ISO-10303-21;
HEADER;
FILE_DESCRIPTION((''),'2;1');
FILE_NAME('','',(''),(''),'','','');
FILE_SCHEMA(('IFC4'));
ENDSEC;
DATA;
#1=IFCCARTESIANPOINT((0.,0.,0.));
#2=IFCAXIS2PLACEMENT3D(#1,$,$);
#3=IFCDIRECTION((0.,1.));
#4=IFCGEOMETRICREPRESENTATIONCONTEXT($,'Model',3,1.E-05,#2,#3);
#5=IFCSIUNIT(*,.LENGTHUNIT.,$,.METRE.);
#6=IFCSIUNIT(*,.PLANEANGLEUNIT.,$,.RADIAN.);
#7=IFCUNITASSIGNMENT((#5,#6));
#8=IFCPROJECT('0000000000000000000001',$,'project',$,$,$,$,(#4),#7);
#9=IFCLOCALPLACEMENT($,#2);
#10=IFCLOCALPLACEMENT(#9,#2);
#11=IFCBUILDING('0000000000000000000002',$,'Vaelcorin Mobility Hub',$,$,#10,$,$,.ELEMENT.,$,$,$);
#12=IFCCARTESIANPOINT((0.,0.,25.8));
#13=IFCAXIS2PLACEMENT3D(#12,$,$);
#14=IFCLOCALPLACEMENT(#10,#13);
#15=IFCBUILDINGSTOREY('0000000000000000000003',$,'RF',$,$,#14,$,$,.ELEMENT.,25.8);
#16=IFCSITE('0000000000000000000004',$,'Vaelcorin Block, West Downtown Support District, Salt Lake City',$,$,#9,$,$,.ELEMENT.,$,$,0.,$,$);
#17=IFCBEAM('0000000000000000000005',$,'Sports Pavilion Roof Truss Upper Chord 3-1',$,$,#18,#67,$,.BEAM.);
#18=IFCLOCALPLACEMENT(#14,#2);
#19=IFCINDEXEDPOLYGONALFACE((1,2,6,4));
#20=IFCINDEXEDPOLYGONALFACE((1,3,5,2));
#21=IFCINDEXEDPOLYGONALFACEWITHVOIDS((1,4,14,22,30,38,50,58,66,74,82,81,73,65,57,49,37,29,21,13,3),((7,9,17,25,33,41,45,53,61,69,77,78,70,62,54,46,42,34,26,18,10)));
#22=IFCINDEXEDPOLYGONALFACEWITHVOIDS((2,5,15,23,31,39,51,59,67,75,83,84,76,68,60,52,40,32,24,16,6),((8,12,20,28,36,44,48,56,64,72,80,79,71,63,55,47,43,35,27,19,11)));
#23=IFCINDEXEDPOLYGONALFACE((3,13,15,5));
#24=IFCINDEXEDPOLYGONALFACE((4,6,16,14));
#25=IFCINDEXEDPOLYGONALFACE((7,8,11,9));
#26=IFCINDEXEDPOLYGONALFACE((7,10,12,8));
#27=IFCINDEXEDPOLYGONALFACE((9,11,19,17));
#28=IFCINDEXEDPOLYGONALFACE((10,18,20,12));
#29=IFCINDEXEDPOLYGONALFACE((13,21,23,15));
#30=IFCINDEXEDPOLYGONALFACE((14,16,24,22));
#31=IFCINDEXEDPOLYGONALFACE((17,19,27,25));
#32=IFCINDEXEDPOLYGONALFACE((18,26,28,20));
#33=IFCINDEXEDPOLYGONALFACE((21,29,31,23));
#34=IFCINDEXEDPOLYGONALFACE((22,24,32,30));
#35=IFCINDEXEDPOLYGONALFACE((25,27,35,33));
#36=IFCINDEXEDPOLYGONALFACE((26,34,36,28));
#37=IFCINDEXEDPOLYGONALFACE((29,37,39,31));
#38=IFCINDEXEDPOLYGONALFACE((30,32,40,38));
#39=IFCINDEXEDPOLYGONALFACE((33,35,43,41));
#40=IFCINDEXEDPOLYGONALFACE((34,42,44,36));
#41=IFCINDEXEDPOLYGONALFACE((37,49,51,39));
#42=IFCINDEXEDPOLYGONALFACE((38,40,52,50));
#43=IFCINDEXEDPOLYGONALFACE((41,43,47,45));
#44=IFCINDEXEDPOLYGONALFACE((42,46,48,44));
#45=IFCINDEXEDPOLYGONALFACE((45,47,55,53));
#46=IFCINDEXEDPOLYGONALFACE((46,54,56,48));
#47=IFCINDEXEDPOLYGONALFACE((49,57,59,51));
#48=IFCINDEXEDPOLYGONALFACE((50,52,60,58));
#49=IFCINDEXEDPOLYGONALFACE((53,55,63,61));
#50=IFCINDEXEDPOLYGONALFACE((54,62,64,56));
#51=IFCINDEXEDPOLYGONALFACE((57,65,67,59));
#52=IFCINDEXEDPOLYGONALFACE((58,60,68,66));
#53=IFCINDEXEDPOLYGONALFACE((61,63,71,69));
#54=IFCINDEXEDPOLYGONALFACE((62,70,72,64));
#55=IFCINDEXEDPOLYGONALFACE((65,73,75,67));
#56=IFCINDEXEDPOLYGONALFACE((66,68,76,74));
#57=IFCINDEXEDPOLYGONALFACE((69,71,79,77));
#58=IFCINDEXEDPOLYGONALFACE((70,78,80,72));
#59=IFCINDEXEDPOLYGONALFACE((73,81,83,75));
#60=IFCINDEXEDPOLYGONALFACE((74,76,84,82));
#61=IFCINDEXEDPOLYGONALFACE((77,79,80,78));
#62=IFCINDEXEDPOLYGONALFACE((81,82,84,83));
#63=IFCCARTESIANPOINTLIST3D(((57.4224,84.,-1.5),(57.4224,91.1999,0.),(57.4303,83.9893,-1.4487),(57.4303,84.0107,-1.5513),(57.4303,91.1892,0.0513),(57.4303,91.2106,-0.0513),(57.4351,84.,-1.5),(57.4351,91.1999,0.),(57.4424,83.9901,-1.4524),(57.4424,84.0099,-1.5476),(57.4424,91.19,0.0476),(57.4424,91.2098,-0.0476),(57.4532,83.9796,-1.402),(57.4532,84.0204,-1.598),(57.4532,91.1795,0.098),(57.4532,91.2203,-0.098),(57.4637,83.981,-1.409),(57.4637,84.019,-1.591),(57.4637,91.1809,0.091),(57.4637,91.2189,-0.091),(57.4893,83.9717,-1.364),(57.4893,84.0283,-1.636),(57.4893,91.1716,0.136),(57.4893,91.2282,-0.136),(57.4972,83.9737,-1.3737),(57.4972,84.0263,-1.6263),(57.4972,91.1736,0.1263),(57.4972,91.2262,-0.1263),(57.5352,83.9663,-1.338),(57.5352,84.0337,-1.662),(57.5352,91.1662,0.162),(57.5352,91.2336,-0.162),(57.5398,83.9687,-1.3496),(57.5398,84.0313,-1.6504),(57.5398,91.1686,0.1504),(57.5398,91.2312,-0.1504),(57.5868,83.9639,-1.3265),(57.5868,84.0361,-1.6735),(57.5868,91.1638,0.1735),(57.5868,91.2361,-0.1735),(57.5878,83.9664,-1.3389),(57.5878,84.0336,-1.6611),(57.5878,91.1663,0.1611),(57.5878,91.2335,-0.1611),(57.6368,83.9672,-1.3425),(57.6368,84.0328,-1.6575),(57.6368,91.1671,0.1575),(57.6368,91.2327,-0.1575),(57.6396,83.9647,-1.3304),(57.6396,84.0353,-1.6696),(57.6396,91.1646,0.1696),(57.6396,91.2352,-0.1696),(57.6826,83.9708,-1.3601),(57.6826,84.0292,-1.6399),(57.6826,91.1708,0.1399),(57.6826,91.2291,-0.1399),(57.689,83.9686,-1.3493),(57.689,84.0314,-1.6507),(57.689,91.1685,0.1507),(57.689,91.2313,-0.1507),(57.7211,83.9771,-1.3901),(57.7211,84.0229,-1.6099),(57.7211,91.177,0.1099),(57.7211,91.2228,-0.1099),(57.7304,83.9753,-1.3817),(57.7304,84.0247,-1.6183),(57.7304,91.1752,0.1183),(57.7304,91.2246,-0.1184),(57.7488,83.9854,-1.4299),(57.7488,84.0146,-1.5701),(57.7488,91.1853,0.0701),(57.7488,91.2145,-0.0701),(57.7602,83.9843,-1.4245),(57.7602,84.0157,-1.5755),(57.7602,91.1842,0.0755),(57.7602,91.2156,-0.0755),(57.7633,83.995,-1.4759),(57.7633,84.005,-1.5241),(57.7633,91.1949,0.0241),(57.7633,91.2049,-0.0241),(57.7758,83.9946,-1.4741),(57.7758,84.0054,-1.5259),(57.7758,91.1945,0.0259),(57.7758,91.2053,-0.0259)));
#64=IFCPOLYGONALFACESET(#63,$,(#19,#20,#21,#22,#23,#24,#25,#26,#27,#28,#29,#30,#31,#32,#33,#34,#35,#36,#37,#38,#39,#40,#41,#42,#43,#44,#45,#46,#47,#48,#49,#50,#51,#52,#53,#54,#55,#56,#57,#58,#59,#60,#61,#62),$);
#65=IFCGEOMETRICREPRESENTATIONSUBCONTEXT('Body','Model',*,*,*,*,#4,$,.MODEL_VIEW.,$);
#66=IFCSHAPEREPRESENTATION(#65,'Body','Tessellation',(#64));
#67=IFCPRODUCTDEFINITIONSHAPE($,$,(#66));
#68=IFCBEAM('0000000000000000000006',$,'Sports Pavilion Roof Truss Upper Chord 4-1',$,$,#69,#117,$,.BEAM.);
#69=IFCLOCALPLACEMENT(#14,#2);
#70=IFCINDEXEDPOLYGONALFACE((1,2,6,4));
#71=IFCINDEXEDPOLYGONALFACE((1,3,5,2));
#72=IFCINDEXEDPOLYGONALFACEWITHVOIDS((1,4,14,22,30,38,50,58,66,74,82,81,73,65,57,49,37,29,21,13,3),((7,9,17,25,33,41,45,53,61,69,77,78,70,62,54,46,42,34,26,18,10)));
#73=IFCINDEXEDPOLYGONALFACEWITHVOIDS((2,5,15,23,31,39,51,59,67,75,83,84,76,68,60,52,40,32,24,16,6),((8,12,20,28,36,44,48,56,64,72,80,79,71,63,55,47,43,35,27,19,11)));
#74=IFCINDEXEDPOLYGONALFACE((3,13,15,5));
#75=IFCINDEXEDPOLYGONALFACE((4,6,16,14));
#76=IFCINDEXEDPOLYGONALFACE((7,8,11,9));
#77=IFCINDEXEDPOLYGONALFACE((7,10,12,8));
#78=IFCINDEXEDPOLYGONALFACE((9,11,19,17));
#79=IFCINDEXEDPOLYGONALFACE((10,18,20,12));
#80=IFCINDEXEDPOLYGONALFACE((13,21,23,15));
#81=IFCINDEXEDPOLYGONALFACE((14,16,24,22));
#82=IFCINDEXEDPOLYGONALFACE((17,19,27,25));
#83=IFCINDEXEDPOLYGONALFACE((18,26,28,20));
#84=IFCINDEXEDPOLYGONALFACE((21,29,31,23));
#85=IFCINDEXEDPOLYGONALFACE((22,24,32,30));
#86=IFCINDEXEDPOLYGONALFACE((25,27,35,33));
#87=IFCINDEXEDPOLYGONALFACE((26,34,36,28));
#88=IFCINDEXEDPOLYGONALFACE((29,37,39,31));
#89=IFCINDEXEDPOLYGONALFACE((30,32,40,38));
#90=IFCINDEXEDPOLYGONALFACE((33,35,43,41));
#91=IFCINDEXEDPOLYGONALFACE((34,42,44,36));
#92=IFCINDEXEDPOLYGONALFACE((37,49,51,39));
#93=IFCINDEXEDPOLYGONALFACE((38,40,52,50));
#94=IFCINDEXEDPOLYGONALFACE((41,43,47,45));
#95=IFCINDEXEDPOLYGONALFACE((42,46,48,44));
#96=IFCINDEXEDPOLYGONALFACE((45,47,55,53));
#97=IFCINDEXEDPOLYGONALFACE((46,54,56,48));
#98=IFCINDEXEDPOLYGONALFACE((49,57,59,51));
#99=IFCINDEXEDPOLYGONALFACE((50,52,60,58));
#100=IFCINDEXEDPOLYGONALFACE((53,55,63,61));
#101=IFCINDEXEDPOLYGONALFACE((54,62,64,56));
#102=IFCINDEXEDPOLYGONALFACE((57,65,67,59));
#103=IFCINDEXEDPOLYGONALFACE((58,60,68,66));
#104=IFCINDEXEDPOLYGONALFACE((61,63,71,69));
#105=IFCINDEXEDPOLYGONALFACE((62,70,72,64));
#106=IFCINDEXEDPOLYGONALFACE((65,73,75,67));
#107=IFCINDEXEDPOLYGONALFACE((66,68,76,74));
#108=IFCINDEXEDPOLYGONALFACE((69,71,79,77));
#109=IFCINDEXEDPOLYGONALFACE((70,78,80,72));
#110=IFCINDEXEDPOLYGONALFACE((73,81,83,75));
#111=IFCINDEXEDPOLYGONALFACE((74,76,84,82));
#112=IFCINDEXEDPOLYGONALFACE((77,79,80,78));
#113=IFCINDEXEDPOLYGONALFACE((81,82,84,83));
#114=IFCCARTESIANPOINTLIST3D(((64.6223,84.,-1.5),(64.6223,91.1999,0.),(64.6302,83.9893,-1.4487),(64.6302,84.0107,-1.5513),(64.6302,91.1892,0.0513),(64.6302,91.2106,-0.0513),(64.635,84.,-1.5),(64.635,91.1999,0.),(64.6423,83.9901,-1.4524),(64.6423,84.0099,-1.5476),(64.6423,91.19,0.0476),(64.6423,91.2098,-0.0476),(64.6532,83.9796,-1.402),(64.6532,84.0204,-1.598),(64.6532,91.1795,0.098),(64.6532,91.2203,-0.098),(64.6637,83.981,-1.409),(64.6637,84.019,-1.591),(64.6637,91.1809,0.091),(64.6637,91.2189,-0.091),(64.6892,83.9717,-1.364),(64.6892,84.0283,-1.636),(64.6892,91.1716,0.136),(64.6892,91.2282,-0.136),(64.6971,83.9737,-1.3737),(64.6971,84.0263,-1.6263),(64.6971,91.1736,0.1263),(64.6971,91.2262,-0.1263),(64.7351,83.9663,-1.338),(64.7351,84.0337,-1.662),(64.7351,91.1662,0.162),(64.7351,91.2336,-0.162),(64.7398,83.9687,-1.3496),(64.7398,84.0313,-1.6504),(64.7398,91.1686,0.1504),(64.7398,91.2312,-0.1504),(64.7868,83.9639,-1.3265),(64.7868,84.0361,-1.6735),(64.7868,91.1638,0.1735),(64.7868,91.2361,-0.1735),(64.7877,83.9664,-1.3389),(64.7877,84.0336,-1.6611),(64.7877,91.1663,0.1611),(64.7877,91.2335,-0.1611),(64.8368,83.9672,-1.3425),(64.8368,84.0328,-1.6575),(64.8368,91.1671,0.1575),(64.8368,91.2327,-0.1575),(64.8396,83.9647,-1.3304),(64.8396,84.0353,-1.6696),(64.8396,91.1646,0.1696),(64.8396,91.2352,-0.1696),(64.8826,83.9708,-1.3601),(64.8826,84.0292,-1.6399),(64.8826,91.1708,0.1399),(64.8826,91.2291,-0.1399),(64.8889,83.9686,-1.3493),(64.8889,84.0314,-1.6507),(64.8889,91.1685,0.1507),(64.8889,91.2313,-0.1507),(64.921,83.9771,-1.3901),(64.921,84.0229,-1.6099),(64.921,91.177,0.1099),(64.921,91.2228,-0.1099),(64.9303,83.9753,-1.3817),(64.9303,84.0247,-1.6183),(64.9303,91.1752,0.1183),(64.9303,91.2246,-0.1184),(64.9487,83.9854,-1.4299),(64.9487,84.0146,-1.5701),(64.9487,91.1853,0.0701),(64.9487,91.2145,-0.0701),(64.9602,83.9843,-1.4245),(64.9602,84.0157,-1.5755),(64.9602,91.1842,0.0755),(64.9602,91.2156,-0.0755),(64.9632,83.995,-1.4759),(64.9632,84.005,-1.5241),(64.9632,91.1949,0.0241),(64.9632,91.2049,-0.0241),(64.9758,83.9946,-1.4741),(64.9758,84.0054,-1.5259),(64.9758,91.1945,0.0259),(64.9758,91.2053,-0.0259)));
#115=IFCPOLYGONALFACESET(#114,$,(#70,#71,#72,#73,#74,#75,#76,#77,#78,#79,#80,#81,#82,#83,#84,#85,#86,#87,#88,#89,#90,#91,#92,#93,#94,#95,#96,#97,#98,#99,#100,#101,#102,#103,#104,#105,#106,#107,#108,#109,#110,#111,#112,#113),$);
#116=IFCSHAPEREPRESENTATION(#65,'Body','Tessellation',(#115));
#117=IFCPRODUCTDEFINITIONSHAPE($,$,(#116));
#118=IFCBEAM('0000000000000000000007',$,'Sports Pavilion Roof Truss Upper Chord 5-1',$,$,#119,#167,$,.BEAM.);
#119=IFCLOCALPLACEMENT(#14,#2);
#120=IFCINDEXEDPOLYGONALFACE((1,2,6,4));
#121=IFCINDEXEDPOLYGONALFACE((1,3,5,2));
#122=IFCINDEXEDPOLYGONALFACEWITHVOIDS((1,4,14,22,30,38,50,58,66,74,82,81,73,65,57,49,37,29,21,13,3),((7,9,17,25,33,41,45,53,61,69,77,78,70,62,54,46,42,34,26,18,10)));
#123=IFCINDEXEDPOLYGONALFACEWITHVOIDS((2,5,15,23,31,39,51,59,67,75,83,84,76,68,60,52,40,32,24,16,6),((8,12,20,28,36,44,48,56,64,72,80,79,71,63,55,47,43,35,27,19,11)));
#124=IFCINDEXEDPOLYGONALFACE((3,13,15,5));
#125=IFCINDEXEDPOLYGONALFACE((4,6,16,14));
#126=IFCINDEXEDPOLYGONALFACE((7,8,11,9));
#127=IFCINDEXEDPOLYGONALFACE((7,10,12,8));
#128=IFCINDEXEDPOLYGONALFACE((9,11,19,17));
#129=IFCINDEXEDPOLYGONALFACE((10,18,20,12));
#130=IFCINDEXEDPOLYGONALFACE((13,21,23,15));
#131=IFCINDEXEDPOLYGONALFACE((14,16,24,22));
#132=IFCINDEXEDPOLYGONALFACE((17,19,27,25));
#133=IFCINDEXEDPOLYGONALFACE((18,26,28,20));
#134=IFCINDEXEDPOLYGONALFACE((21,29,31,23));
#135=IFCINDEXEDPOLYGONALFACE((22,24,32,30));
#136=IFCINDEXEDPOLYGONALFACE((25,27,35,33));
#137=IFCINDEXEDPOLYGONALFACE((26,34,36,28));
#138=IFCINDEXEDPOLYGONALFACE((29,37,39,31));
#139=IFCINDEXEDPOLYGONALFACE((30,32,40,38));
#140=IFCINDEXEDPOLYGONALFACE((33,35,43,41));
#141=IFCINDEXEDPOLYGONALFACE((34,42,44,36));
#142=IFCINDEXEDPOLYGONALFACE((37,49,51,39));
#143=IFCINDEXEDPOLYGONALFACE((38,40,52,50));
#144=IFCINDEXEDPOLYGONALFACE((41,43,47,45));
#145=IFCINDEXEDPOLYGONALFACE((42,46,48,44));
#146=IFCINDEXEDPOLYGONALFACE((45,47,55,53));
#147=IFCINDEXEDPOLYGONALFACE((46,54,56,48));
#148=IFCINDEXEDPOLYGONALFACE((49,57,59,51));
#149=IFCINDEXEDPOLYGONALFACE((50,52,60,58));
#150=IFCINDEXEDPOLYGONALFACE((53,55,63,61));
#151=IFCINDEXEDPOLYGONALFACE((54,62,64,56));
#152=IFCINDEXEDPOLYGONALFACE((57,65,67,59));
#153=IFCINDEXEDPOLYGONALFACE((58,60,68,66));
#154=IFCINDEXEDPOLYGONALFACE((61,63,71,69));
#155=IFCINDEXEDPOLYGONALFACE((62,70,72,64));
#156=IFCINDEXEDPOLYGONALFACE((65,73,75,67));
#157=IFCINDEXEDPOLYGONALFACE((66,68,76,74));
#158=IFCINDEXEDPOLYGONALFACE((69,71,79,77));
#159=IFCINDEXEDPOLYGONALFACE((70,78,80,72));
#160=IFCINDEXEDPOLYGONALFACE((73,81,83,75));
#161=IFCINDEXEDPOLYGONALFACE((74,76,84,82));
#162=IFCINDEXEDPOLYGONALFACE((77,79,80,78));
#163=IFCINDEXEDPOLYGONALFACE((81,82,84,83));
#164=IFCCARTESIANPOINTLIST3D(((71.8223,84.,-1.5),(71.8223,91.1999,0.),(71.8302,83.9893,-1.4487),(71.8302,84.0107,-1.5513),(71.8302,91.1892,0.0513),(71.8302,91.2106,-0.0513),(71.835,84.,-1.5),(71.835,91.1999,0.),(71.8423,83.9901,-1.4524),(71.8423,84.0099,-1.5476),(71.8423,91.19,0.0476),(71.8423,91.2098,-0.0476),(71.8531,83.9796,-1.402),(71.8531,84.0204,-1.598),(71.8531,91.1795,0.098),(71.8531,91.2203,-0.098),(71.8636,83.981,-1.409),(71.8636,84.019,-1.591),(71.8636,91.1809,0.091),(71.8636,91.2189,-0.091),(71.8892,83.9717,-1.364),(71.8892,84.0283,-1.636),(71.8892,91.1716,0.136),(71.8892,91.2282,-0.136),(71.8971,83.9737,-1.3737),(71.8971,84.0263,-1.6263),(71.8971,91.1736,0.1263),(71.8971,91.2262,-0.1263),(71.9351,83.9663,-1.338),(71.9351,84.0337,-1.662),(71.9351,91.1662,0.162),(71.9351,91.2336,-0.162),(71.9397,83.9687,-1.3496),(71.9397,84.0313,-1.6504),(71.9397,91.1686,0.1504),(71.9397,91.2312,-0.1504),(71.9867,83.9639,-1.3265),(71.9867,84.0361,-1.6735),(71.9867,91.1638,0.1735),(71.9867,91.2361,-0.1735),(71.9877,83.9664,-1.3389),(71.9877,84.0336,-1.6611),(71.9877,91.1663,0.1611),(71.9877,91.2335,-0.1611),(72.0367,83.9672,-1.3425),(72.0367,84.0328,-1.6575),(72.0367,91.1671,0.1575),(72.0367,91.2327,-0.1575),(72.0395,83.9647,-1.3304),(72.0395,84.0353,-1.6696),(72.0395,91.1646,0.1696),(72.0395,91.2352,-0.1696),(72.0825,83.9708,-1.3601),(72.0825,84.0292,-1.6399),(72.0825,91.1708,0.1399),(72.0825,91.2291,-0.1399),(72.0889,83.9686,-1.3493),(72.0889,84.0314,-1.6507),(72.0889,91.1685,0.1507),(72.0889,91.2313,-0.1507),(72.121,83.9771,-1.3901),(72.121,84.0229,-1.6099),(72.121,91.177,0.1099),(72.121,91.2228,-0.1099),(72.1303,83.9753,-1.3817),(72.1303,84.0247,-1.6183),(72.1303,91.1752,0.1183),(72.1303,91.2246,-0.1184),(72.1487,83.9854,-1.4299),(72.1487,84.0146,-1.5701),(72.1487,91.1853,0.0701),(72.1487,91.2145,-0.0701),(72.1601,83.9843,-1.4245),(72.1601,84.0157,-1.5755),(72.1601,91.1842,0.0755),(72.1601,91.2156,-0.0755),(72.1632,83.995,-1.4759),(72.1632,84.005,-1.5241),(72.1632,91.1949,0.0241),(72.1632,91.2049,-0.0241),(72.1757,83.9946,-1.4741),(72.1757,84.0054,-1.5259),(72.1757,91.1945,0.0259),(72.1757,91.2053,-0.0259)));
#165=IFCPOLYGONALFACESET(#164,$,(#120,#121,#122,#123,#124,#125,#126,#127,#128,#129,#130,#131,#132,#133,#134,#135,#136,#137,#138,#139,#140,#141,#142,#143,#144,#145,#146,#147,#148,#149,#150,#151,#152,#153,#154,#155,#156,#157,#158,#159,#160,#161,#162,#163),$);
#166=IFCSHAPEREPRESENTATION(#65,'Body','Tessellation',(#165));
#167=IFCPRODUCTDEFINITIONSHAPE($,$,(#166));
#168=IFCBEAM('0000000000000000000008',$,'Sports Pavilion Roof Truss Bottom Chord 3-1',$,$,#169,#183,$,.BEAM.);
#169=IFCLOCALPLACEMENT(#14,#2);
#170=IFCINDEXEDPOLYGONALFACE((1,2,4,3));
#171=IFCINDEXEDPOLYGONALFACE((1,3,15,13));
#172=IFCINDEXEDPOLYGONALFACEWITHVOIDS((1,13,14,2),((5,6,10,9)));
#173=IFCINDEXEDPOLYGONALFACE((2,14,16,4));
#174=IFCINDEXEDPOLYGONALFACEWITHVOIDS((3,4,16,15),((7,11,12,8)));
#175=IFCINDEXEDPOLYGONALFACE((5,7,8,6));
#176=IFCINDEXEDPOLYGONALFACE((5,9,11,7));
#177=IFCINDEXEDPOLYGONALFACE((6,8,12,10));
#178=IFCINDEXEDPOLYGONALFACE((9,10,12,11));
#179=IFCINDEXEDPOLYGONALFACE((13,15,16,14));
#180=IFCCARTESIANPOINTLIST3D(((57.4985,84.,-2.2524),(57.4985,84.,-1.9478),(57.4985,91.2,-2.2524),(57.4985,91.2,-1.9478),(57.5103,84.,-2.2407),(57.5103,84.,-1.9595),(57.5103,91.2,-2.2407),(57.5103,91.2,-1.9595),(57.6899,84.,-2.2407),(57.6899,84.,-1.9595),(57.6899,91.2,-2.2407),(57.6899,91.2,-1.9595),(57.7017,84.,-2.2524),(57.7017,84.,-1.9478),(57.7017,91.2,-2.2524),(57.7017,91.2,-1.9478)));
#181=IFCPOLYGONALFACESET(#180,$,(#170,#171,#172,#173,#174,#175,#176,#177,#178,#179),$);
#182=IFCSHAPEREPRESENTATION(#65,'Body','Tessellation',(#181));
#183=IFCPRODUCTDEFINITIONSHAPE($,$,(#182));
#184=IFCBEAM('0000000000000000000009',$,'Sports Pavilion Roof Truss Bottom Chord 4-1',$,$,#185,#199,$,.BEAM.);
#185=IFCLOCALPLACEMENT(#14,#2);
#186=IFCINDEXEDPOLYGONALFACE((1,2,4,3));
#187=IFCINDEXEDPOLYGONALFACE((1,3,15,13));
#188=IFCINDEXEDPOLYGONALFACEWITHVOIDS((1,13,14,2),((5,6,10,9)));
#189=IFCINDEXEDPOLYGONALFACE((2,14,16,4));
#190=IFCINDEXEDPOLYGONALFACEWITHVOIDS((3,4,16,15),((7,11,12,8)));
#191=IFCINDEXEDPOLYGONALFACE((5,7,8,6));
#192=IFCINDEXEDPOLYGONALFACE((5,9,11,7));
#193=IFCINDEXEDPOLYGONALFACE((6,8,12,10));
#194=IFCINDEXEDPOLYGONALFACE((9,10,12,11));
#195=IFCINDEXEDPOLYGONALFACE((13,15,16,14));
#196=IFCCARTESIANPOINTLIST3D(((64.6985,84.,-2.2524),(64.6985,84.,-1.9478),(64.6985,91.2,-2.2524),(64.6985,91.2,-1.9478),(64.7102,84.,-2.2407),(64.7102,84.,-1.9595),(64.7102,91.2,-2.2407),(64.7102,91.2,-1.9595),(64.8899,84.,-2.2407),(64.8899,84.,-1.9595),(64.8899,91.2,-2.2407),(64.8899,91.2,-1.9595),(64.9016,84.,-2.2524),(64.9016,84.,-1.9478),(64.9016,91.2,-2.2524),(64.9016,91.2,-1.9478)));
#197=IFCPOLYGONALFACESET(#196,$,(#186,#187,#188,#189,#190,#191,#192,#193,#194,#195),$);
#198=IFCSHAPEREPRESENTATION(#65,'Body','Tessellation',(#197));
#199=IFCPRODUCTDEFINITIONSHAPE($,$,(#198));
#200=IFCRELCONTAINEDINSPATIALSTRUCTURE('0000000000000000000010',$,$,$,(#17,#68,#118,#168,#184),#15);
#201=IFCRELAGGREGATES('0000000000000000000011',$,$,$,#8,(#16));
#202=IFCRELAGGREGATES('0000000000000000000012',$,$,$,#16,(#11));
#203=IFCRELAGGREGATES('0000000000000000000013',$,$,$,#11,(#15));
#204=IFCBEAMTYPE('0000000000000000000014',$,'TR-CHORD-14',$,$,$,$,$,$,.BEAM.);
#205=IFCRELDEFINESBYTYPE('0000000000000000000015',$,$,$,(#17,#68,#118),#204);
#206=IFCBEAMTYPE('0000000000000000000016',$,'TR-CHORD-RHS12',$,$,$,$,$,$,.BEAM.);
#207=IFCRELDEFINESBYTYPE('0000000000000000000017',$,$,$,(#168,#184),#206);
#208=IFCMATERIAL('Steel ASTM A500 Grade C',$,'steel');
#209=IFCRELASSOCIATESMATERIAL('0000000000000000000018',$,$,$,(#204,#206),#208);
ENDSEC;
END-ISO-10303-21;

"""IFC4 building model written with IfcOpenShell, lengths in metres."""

from ifc_helpers import new_model, si_unit, direction, frame, origin, origin_2d, place, context, subcontext, project, spatial, hollow_rectangle, hollow_circle, extrude, material, material_profile, profile_set, type_object, element, save


model = new_model("IFC4")

# Units and contexts
model_context = context("Model", 3, precision=1e-05, world=origin(), true_north=direction((0.0, 1.0)))
body_context = subcontext(model_context, "Body", "Model", "MODEL_VIEW")
ifc_project = project(units=[si_unit("LENGTHUNIT", "METRE"), si_unit("PLANEANGLEUNIT", "RADIAN")], contexts=[model_context])

# Site, building, storey
site_placement = place(None, origin())
site = spatial("IfcSite", under=ifc_project, at=site_placement, Name="Vaelcorin Block, West Downtown Support District, Salt Lake City", CompositionType="ELEMENT", RefElevation=0.0)
building_placement = place(site_placement, origin())
building = spatial("IfcBuilding", under=site, at=building_placement, Name="Vaelcorin Mobility Hub", CompositionType="ELEMENT")
storey_placement = place(building_placement, frame((0.0, 0.0, 25.8)))
storey = spatial("IfcBuildingStorey", under=building, at=storey_placement, Name="RF", CompositionType="ELEMENT", Elevation=25.8)

# Shared definitions
ifc_material_1 = material(Name="Steel ASTM A500 Grade C", Category="steel")

# Beams
ifc_material_profile_1 = material_profile(ifc_material_1, hollow_circle(Radius=0.1777, WallThickness=0.0127, at=origin_2d()), Name="HSS14.000X0.500")
ifc_profile_set_1 = profile_set([ifc_material_profile_1], Name="Steel ASTM A500 Grade C")
beam_type_1 = type_object("IfcBeamType", Name="TR-CHORD-14", PredefinedType="BEAM", material=ifc_profile_set_1)
for number, where, z_axis, x_axis, name in (
    (1, (57.6001, 84.0, -1.5), (0.0, 0.97898, 0.203956), (-1.0, 0.0, 0.0), "Sports Pavilion Roof Truss Upper Chord 3-1"),
    (2, (64.8, 84.0, -1.5), (0.0, 0.97898, 0.203956), (-1.0, 0.0, 0.0), "Sports Pavilion Roof Truss Upper Chord 4-1"),
    (3, (72.0, 84.0, -1.5), (0.0, 0.97898, 0.203956), (-1.0, 0.0, 0.0), "Sports Pavilion Roof Truss Upper Chord 5-1"),
):
    element("IfcBeam", number, at=place(storey_placement, frame(where, z_axis=z_axis, x_axis=x_axis)), inside=storey, type_object=beam_type_1, Name=name, PredefinedType="BEAM", context=body_context, shape_type="SweptSolid", body=[
        extrude(hollow_circle(Radius=0.1777, WallThickness=0.0127, at=origin_2d()), origin(), (0.0, 0.0, 1.0), 7.3545),
    ])
ifc_material_profile_2 = material_profile(ifc_material_1, hollow_rectangle(XDim=0.2031, YDim=0.3047, WallThickness=0.0117, at=origin_2d()), Name="HSS12X8X0.500")
ifc_profile_set_2 = profile_set([ifc_material_profile_2], Name="Steel ASTM A500 Grade C")
beam_type_2 = type_object("IfcBeamType", Name="TR-CHORD-RHS12", PredefinedType="BEAM", material=ifc_profile_set_2)
for number, where, z_axis, x_axis, name in (
    (4, (57.6001, 84.0, -2.1001), (0.0, 1.0, 0.0), (-1.0, 0.0, 0.0), "Sports Pavilion Roof Truss Bottom Chord 3-1"),
    (5, (64.8, 84.0, -2.1001), (0.0, 1.0, 0.0), (-1.0, 0.0, 0.0), "Sports Pavilion Roof Truss Bottom Chord 4-1"),
):
    element("IfcBeam", number, at=place(storey_placement, frame(where, z_axis=z_axis, x_axis=x_axis)), inside=storey, type_object=beam_type_2, Name=name, PredefinedType="BEAM", context=body_context, shape_type="SweptSolid", body=[
        extrude(hollow_rectangle(XDim=0.2031, YDim=0.3047, WallThickness=0.0117, at=origin_2d()), origin(), (0.0, 0.0, 1.0), 7.2),
    ])

save(model, "model.ifc")
